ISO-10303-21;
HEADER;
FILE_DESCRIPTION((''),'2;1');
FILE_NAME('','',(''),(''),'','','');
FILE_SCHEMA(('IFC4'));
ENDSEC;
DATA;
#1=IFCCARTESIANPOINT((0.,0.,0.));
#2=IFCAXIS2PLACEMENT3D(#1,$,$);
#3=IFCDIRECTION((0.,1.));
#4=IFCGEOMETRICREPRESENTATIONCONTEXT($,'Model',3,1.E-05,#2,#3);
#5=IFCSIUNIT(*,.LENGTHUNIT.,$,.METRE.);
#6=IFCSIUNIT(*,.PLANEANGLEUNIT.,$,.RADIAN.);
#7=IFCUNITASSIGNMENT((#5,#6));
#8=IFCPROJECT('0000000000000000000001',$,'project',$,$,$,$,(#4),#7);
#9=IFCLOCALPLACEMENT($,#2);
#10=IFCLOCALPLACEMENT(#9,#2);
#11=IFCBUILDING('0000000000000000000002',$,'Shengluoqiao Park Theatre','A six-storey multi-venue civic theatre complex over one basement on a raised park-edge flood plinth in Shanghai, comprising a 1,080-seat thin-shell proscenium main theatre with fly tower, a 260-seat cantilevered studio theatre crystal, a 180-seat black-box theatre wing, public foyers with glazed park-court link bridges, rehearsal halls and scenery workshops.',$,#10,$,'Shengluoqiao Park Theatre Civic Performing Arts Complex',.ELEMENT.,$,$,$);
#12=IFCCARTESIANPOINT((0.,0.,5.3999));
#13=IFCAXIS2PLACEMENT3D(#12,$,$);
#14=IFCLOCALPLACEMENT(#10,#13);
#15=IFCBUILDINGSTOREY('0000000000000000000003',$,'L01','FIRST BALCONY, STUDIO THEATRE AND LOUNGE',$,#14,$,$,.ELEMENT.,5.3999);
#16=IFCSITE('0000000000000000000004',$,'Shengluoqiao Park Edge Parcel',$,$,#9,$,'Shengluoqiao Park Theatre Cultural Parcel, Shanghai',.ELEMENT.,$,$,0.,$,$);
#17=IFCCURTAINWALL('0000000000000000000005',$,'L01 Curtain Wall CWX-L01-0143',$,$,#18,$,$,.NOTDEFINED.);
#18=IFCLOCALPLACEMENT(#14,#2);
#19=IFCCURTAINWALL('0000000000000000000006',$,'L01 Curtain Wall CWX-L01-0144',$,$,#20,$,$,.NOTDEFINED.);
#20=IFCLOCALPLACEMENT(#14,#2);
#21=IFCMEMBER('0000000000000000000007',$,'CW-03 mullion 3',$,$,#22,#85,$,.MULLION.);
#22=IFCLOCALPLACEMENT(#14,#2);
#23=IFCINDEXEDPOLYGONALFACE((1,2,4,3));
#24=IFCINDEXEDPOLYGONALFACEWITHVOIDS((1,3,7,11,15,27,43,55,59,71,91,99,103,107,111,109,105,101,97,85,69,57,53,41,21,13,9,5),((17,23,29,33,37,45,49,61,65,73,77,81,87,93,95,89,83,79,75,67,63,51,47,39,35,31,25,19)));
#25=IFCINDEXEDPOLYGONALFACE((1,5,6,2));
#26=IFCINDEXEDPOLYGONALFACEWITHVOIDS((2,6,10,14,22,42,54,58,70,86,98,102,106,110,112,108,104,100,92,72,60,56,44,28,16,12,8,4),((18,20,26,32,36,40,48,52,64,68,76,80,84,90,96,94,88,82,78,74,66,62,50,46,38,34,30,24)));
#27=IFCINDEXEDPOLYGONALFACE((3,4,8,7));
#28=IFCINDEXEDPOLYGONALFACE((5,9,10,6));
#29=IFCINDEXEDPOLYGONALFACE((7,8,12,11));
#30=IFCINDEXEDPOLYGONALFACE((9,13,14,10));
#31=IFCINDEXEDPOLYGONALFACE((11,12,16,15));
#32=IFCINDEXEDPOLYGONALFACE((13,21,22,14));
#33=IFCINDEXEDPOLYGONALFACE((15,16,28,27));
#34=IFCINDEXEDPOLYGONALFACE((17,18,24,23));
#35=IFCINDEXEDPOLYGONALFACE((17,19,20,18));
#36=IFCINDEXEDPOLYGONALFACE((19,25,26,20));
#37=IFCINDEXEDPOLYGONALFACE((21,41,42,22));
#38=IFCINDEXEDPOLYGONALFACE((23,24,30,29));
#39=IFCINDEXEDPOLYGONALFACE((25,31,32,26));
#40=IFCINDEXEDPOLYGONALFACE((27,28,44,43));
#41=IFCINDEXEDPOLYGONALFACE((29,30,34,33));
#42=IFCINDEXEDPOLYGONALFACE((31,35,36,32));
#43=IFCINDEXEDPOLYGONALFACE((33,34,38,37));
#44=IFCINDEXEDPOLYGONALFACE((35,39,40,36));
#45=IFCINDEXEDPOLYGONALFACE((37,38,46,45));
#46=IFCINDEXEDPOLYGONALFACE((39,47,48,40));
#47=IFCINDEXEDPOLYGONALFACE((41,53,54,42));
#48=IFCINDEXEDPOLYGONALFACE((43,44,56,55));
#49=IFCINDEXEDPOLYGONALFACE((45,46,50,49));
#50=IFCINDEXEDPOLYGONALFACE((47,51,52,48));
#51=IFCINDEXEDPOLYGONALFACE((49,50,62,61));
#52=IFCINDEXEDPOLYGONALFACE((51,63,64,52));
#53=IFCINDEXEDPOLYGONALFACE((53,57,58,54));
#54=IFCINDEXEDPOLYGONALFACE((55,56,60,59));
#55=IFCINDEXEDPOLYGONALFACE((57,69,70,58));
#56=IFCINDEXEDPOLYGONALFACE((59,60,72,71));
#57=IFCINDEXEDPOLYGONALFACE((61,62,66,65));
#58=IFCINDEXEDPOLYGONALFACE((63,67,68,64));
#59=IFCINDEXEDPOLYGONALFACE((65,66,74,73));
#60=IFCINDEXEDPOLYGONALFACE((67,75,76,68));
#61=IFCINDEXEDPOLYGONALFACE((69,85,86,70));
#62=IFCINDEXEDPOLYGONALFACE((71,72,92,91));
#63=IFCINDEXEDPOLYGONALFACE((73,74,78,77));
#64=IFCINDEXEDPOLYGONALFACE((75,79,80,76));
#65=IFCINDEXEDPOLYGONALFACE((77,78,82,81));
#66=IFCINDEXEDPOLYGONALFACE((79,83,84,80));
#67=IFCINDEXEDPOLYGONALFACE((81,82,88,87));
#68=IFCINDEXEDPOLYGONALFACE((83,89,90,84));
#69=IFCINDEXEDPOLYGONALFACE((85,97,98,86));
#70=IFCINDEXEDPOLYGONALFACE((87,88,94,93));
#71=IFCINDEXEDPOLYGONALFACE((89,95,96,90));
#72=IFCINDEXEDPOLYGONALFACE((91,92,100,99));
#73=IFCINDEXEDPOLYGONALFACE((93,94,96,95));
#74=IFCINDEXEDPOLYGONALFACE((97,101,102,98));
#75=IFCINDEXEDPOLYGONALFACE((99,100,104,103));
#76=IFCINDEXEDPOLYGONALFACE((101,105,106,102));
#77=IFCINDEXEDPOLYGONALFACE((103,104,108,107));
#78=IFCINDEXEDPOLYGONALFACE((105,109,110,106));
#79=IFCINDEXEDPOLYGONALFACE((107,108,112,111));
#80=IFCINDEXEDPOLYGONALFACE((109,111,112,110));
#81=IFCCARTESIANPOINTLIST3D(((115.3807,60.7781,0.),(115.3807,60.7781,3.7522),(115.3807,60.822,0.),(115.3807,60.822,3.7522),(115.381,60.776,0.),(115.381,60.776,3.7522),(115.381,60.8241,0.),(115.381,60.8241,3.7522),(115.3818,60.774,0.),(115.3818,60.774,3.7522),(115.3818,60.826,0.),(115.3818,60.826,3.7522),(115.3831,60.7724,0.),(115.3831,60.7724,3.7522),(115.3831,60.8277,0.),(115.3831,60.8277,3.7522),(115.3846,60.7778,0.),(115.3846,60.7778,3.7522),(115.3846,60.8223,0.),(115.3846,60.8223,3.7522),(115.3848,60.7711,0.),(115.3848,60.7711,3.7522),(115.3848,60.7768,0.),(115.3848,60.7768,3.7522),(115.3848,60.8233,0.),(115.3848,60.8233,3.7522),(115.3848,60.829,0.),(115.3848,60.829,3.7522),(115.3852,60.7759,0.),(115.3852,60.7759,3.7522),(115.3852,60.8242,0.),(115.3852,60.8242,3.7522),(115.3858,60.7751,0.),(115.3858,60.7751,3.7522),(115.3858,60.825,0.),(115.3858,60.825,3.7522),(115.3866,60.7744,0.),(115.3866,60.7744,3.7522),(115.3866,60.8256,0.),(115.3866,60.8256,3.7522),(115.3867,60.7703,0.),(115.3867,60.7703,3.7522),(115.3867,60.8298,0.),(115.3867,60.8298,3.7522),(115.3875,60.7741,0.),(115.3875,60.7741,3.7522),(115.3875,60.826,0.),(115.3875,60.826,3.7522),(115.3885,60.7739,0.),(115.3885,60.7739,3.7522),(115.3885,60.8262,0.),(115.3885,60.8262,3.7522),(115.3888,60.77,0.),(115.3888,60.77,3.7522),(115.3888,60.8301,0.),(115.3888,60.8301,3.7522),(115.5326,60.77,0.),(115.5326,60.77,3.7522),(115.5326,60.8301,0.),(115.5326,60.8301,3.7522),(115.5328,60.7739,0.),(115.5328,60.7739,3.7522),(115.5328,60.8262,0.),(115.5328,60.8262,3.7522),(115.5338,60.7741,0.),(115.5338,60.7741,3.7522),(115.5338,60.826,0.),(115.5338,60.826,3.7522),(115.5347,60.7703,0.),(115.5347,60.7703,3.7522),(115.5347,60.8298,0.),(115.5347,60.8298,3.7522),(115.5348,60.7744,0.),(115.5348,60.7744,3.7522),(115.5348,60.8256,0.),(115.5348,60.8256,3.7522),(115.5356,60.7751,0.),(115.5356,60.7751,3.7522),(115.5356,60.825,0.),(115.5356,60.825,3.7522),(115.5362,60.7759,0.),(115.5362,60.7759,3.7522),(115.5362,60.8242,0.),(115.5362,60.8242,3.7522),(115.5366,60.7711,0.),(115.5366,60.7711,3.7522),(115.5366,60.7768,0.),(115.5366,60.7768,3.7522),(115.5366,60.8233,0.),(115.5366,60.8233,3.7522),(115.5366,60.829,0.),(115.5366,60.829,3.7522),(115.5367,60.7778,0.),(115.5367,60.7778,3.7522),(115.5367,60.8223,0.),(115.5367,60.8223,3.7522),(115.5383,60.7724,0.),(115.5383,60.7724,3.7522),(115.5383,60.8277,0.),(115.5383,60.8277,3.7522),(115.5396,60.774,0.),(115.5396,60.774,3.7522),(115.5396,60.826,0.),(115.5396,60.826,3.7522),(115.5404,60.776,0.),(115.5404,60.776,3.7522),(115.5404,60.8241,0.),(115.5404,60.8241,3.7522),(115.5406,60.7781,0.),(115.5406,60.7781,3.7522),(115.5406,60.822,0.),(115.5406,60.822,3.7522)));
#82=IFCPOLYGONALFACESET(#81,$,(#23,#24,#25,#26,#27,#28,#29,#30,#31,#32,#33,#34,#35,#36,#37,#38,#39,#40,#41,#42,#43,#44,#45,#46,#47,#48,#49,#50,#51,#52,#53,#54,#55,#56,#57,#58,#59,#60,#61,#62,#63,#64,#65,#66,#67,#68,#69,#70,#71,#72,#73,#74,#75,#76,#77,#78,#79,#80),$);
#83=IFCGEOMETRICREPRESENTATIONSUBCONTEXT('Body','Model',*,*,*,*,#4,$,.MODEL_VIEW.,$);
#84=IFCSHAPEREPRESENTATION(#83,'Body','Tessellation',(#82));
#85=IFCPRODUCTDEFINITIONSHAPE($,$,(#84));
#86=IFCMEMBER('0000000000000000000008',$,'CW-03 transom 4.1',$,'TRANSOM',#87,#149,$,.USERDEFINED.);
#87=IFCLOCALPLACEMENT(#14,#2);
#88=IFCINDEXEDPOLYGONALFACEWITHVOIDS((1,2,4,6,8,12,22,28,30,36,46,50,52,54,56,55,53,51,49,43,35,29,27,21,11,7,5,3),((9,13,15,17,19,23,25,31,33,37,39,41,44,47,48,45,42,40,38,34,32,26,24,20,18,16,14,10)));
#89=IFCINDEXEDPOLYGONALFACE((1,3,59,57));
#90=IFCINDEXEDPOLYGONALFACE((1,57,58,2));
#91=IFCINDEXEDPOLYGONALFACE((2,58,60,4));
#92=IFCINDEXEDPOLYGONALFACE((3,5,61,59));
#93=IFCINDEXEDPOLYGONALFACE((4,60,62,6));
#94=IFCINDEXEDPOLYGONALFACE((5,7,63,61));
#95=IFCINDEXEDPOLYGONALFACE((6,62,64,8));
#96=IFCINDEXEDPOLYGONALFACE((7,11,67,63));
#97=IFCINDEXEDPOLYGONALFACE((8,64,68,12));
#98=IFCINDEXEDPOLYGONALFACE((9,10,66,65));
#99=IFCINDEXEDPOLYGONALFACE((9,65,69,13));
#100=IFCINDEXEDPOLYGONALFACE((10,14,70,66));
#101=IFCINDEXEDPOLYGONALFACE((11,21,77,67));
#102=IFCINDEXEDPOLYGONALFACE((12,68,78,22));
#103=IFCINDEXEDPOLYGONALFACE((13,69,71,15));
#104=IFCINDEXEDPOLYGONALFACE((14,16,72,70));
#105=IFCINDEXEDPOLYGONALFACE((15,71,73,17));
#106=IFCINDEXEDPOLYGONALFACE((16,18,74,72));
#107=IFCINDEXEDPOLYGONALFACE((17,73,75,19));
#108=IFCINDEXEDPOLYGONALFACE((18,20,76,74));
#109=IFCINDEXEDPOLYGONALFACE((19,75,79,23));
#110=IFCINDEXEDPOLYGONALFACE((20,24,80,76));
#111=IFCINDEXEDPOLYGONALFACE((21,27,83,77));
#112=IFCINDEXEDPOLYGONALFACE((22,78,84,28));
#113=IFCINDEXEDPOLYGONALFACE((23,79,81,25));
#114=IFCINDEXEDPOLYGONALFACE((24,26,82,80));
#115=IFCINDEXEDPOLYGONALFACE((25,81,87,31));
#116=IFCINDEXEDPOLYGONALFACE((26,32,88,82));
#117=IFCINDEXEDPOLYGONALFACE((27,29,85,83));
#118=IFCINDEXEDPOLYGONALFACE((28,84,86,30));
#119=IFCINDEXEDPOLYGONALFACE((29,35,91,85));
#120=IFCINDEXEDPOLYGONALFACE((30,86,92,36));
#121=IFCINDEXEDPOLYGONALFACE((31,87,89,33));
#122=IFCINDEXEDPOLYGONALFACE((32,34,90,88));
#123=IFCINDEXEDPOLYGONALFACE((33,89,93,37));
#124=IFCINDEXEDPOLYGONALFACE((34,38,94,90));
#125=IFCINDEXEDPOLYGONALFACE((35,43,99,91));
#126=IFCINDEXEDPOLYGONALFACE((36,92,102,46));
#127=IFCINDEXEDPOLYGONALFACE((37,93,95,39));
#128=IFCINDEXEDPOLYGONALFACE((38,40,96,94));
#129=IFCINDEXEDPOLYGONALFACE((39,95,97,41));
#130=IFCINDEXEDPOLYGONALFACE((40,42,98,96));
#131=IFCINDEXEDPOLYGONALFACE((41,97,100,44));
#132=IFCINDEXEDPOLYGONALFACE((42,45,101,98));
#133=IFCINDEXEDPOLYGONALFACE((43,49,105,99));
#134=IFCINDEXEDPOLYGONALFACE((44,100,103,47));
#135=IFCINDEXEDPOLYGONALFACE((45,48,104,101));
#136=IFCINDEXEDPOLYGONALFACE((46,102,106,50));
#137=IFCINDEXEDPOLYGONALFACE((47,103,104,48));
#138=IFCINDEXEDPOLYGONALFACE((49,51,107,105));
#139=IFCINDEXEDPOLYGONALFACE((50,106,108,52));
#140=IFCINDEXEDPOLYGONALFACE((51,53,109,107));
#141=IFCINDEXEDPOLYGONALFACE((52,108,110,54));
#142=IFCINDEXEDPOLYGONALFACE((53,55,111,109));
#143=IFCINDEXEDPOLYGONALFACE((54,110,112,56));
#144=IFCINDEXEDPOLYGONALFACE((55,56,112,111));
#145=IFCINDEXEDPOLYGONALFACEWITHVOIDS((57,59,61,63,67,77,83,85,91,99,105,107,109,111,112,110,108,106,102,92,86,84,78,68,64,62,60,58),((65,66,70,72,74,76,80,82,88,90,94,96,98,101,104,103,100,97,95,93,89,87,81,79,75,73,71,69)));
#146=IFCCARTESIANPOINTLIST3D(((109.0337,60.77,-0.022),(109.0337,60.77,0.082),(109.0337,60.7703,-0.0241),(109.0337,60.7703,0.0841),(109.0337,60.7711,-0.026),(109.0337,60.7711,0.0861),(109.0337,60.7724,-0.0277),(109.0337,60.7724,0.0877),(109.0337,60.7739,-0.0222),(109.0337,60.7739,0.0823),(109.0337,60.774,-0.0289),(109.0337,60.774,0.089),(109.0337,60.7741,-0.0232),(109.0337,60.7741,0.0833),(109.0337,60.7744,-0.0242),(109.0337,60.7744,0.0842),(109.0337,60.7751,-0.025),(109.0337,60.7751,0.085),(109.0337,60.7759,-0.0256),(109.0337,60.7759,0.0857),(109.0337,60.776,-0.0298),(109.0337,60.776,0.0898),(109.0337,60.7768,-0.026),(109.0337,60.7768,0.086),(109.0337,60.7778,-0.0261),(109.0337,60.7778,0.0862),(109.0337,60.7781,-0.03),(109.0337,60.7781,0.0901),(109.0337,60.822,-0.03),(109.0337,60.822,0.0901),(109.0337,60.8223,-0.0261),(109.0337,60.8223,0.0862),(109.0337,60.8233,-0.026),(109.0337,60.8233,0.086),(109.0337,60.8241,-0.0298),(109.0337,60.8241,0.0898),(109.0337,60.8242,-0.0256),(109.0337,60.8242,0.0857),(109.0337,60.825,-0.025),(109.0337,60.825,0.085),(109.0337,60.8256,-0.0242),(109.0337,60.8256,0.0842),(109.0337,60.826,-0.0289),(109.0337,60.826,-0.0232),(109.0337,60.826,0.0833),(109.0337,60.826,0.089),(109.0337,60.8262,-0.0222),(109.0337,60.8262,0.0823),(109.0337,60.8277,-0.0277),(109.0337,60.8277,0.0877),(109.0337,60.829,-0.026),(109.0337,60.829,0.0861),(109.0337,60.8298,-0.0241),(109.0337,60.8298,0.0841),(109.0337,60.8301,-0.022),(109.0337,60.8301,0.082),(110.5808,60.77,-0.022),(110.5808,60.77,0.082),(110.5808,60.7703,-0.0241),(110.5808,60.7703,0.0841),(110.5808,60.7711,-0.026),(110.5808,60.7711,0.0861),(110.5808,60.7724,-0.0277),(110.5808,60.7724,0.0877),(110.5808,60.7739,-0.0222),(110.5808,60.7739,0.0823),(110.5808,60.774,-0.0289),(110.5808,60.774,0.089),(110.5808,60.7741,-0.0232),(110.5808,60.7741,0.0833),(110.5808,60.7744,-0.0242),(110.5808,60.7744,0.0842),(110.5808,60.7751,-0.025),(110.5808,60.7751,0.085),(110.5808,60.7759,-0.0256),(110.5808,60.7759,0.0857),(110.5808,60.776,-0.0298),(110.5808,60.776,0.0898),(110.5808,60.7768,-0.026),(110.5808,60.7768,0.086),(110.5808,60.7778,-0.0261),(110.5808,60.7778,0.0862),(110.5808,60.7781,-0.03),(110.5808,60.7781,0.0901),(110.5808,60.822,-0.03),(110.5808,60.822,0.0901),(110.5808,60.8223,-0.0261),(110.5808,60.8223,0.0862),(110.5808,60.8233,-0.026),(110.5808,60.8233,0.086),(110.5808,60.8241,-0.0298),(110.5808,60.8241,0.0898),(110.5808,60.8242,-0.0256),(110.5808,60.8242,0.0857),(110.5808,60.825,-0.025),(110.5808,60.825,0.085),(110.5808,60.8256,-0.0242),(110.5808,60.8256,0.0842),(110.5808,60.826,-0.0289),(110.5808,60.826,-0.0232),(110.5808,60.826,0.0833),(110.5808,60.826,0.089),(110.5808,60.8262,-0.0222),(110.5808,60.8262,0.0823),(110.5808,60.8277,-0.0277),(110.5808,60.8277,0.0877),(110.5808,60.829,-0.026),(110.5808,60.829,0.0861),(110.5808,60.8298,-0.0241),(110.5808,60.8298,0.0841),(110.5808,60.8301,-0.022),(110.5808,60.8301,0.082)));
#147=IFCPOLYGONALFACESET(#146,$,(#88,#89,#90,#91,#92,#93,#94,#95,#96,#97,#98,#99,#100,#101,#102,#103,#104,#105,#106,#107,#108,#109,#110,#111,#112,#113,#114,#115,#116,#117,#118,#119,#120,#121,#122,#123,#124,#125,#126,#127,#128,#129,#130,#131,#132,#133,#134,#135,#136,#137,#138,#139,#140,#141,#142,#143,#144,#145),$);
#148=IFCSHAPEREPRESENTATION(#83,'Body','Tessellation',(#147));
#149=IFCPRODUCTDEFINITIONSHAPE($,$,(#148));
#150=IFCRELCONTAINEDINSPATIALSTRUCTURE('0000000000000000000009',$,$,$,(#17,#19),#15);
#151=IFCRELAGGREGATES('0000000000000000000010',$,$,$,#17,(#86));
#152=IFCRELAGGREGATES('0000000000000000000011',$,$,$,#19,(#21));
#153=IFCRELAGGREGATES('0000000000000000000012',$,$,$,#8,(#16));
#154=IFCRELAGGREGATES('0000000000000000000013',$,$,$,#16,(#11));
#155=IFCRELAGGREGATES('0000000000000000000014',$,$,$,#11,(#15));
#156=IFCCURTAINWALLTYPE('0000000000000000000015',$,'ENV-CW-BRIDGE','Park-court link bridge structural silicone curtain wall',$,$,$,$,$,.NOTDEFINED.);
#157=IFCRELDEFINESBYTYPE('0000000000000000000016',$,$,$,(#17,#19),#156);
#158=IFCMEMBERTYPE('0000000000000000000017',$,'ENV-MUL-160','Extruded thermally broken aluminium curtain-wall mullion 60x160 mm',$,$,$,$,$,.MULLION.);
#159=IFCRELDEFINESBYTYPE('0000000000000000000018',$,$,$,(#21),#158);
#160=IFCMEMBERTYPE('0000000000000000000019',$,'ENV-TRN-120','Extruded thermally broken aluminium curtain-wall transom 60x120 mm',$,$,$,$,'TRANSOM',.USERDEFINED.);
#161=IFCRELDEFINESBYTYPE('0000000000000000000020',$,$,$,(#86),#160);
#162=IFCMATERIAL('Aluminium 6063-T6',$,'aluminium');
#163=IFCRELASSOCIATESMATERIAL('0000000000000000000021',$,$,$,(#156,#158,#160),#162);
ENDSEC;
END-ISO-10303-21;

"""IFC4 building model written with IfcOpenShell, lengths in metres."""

from ifc_helpers import new_model, si_unit, direction, frame, origin, origin_2d, place, context, subcontext, project, spatial, hollow_rectangle, extrude, material, material_profile, profile_set, type_object, element, aggregate, save


model = new_model("IFC4")

# Units and contexts
model_context = context("Model", 3, precision=1e-05, world=origin(), true_north=direction((0.0, 1.0)))
body_context = subcontext(model_context, "Body", "Model", "MODEL_VIEW")
ifc_project = project(units=[si_unit("LENGTHUNIT", "METRE"), si_unit("PLANEANGLEUNIT", "RADIAN")], contexts=[model_context])

# Site, building, storey
site_placement = place(None, origin())
site = spatial("IfcSite", under=ifc_project, at=site_placement, Name="Shengluoqiao Park Edge Parcel", LongName="Shengluoqiao Park Theatre Cultural Parcel, Shanghai", CompositionType="ELEMENT", RefElevation=0.0)
building_placement = place(site_placement, origin())
building = spatial("IfcBuilding", under=site, at=building_placement, Name="Shengluoqiao Park Theatre", Description="A six-storey multi-venue civic theatre complex over one basement on a raised park-edge flood plinth in Shanghai, comprising a 1,080-seat thin-shell proscenium main theatre with fly tower, a 260-seat cantilevered studio theatre crystal, a 180-seat black-box theatre wing, public foyers with glazed park-court link bridges, rehearsal halls and scenery workshops.", LongName="Shengluoqiao Park Theatre Civic Performing Arts Complex", CompositionType="ELEMENT")
storey_placement = place(building_placement, frame((0.0, 0.0, 5.3999)))
storey = spatial("IfcBuildingStorey", under=building, at=storey_placement, Name="L01", Description="FIRST BALCONY, STUDIO THEATRE AND LOUNGE", CompositionType="ELEMENT", Elevation=5.3999)

# Curtain walls, member
ifc_material_1 = material(Name="Aluminium 6063-T6", Category="aluminium")
curtain_wall_type = type_object("IfcCurtainWallType", Name="ENV-CW-BRIDGE", Description="Park-court link bridge structural silicone curtain wall", PredefinedType="NOTDEFINED", material=ifc_material_1)
curtain_wall_1_placement = place(storey_placement, origin())
curtain_wall_1 = element("IfcCurtainWall", 1, at=curtain_wall_1_placement, inside=storey, type_object=curtain_wall_type, Name="L01 Curtain Wall CWX-L01-0143", PredefinedType="NOTDEFINED")
ifc_material_profile_1 = material_profile(ifc_material_1, hollow_rectangle(XDim=0.0601, YDim=0.1599, WallThickness=0.0039, InnerFilletRadius=0.0039, OuterFilletRadius=0.0081, at=origin_2d()), Name="ALU MULLION 160x60x4")
ifc_profile_set_1 = profile_set([ifc_material_profile_1], Name="Aluminium 6063-T6")
member_type_1 = type_object("IfcMemberType", Name="ENV-MUL-160", Description="Extruded thermally broken aluminium curtain-wall mullion 60x160 mm", PredefinedType="MULLION", material=ifc_profile_set_1)
curtain_wall_2_placement = place(storey_placement, origin())
curtain_wall_2 = element("IfcCurtainWall", 2, at=curtain_wall_2_placement, inside=storey, type_object=curtain_wall_type, Name="L01 Curtain Wall CWX-L01-0144", PredefinedType="NOTDEFINED")
member_1_placement = place(storey_placement, frame((115.4607, 60.8, 0.0), z_axis=(0.0, 0.0, 1.0), x_axis=(0.0, 1.0, 0.0)))
member_1 = element("IfcMember", 3, at=member_1_placement, type_object=member_type_1, Name="CW-03 mullion 3", PredefinedType="MULLION", context=body_context, shape_type="SweptSolid", body=[
    extrude(hollow_rectangle(XDim=0.0601, YDim=0.1599, WallThickness=0.0039, InnerFilletRadius=0.0039, OuterFilletRadius=0.0081, at=origin_2d()), origin(), (0.0, 0.0, 1.0), 3.7522),
])

# Member
ifc_material_profile_2 = material_profile(ifc_material_1, hollow_rectangle(XDim=0.0601, YDim=0.1201, WallThickness=0.0039, InnerFilletRadius=0.0039, OuterFilletRadius=0.0081, at=origin_2d()), Name="ALU TRANSOM 120x60x4")
ifc_profile_set_2 = profile_set([ifc_material_profile_2], Name="Aluminium 6063-T6")
member_type_2 = type_object("IfcMemberType", Name="ENV-TRN-120", Description="Extruded thermally broken aluminium curtain-wall transom 60x120 mm", ElementType="TRANSOM", PredefinedType="USERDEFINED", material=ifc_profile_set_2)
member_2_placement = place(storey_placement, frame((109.0337, 60.8, 0.03), z_axis=(1.0, 0.0, 0.0), x_axis=(0.0, 1.0, 0.0)))
member_2 = element("IfcMember", 4, at=member_2_placement, type_object=member_type_2, Name="CW-03 transom 4.1", ObjectType="TRANSOM", PredefinedType="USERDEFINED", context=body_context, shape_type="SweptSolid", body=[
    extrude(hollow_rectangle(XDim=0.0601, YDim=0.1201, WallThickness=0.0039, InnerFilletRadius=0.0039, OuterFilletRadius=0.0081, at=origin_2d()), origin(), (0.0, 0.0, 1.0), 1.5471),
])

aggregate(curtain_wall_1, [member_2])
aggregate(curtain_wall_2, [member_1])

save(model, "model.ifc")
